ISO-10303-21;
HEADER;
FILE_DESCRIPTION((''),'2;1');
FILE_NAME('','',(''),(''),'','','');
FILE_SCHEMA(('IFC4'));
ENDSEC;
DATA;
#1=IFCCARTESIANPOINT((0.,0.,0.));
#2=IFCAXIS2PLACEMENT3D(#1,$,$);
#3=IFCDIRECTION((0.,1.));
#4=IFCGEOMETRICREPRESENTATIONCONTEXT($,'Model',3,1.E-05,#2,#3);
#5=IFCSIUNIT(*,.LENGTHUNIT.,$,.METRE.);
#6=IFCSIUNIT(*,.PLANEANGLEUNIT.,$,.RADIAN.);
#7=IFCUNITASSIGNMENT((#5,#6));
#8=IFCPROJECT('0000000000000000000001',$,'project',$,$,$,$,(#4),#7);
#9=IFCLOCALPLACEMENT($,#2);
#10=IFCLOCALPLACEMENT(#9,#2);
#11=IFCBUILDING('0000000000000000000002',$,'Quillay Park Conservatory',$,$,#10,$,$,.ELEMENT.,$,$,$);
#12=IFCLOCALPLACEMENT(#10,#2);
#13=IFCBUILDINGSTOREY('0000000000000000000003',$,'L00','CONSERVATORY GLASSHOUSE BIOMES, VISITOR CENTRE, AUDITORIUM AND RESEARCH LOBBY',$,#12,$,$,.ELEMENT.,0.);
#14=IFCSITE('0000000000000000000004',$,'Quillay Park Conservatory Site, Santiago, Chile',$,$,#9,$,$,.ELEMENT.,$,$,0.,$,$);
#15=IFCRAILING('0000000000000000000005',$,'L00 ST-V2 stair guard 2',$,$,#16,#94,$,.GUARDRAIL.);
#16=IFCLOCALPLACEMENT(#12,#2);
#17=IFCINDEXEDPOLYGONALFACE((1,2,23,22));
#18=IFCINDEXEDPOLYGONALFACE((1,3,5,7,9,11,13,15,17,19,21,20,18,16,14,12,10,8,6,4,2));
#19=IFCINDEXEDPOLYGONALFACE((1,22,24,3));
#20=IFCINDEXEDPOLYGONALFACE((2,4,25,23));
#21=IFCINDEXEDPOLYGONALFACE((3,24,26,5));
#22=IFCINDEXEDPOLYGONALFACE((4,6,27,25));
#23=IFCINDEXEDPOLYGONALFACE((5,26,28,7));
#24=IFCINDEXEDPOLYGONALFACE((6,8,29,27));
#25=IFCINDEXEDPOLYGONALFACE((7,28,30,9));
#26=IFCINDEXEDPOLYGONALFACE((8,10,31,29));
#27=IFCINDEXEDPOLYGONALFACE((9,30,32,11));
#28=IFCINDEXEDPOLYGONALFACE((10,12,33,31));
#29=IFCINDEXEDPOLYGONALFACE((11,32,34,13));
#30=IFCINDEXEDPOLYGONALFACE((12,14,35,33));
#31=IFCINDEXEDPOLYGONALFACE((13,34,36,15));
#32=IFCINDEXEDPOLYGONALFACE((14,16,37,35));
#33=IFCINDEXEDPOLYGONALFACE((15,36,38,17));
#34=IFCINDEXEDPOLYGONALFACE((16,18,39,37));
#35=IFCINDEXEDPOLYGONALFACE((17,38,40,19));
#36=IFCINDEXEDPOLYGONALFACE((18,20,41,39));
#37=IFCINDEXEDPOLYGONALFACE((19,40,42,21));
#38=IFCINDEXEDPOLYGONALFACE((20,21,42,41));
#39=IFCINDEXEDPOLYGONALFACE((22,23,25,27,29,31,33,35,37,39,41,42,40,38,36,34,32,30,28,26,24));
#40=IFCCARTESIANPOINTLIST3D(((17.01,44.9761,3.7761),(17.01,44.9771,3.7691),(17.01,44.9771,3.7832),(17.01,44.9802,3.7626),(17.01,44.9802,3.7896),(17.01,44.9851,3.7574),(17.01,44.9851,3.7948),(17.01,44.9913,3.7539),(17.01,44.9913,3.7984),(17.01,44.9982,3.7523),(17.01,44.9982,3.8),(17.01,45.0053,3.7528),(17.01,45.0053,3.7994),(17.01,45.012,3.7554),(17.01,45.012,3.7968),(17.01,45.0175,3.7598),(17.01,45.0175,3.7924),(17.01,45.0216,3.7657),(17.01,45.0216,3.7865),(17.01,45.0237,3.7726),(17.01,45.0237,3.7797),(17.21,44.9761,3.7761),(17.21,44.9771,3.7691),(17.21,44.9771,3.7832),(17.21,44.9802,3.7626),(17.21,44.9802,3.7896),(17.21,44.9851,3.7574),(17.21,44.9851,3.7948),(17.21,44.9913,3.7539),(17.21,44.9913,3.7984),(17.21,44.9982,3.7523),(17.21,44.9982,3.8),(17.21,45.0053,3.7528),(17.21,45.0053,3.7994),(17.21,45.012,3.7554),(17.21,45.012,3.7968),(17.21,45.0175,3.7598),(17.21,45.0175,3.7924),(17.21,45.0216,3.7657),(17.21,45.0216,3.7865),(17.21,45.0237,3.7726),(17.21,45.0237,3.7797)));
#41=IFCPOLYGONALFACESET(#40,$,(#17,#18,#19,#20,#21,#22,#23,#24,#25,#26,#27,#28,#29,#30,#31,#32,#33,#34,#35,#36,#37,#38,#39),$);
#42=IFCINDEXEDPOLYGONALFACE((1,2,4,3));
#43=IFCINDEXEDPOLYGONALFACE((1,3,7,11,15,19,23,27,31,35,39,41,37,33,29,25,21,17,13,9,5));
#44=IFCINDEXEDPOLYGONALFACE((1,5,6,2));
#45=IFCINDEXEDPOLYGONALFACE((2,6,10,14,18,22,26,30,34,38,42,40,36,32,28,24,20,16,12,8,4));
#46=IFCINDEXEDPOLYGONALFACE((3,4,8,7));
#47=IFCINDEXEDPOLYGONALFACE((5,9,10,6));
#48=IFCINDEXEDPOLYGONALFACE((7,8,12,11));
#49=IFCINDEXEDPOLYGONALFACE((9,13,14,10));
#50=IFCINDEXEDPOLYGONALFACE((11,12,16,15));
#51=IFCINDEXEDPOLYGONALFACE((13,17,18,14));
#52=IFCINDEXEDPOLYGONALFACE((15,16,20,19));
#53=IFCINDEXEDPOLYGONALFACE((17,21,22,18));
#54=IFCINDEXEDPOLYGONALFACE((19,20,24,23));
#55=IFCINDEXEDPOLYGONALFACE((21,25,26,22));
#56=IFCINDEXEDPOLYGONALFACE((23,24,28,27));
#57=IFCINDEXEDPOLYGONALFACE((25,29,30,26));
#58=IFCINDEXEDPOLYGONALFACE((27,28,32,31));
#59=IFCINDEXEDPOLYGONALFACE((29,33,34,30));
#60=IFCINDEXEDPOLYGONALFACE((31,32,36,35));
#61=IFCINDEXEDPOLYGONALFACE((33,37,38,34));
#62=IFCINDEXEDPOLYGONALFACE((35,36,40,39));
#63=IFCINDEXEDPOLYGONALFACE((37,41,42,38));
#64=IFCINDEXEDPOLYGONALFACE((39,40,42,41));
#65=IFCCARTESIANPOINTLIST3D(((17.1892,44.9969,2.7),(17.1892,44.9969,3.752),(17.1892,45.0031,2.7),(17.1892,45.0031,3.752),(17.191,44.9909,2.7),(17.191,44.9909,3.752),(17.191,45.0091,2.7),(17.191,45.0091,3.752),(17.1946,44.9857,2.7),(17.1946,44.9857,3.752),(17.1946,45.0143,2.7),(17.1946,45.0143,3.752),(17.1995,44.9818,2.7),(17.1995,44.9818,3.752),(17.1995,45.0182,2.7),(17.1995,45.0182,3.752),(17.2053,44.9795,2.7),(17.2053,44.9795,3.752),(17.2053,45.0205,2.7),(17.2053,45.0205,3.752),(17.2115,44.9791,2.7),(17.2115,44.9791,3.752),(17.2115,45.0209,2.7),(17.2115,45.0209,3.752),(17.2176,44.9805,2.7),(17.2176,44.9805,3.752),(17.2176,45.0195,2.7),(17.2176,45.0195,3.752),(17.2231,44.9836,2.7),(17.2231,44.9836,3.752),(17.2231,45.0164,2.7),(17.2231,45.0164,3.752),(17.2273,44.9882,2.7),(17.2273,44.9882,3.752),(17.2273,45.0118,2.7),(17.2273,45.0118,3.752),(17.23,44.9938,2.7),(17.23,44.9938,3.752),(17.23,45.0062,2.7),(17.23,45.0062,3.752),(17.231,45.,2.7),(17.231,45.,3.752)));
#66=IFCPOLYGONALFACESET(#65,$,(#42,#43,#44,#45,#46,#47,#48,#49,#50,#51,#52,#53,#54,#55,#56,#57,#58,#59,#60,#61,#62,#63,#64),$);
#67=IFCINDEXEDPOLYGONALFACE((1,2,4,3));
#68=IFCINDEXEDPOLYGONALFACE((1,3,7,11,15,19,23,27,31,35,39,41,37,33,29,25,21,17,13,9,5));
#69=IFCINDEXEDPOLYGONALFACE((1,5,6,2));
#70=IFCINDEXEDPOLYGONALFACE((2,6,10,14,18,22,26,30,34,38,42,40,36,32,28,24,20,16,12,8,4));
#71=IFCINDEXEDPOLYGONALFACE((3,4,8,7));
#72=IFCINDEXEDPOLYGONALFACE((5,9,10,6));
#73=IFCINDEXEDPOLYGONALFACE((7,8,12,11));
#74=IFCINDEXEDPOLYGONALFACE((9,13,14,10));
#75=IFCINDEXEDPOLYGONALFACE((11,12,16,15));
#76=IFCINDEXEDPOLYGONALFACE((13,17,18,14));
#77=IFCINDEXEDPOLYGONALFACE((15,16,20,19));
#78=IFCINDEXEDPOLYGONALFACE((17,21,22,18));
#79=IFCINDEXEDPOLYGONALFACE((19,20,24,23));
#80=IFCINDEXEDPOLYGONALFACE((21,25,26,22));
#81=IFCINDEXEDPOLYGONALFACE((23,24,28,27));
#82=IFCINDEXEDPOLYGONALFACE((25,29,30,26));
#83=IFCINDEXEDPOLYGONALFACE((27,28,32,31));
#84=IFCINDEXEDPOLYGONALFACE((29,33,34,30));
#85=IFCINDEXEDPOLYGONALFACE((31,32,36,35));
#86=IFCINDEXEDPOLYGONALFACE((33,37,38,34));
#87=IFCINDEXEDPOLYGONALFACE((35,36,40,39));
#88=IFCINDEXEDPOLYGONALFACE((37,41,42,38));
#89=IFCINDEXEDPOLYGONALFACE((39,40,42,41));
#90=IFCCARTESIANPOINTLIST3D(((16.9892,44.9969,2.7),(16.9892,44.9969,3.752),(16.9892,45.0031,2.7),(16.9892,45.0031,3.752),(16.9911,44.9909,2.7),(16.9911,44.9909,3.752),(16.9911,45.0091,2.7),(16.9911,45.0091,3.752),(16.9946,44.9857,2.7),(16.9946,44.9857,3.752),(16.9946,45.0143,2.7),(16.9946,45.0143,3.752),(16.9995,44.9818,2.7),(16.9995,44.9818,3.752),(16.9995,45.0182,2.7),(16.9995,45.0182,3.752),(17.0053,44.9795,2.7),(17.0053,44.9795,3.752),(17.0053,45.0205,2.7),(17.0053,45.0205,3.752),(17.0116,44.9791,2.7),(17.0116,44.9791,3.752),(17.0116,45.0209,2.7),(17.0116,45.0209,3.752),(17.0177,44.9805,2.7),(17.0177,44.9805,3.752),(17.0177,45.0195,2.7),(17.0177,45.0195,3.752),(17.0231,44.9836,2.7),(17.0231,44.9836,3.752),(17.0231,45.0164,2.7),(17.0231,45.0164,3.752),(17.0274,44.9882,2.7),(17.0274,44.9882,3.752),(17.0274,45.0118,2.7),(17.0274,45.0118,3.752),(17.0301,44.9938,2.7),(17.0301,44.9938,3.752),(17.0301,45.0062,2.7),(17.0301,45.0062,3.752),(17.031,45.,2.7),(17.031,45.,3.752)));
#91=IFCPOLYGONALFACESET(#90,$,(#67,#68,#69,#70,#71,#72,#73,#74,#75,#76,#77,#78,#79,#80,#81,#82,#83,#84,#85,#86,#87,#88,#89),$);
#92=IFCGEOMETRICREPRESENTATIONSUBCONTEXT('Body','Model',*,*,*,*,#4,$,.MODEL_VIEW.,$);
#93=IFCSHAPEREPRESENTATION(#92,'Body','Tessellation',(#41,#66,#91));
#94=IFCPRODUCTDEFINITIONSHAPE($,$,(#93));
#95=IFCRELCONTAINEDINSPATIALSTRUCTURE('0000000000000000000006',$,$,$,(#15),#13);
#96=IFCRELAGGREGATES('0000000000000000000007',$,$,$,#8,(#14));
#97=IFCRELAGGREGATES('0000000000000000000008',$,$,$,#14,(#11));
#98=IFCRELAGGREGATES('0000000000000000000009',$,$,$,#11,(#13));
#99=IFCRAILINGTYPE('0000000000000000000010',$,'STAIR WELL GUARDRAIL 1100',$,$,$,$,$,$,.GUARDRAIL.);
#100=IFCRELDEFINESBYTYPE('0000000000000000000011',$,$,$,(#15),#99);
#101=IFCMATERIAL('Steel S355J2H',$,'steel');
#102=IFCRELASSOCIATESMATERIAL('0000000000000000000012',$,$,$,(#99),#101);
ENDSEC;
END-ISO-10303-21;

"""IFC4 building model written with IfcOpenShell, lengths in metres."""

from ifc_helpers import new_model, si_unit, direction, frame, origin, origin_2d, place, context, subcontext, project, spatial, circle, extrude, material, type_object, element, save


model = new_model("IFC4")

# Units and contexts
model_context = context("Model", 3, precision=1e-05, world=origin(), true_north=direction((0.0, 1.0)))
body_context = subcontext(model_context, "Body", "Model", "MODEL_VIEW")
ifc_project = project(units=[si_unit("LENGTHUNIT", "METRE"), si_unit("PLANEANGLEUNIT", "RADIAN")], contexts=[model_context])

# Site, building, storey
site_placement = place(None, origin())
site = spatial("IfcSite", under=ifc_project, at=site_placement, Name="Quillay Park Conservatory Site, Santiago, Chile", CompositionType="ELEMENT", RefElevation=0.0)
building_placement = place(site_placement, origin())
building = spatial("IfcBuilding", under=site, at=building_placement, Name="Quillay Park Conservatory", CompositionType="ELEMENT")
storey_placement = place(building_placement, origin())
storey = spatial("IfcBuildingStorey", under=building, at=storey_placement, Name="L00", Description="CONSERVATORY GLASSHOUSE BIOMES, VISITOR CENTRE, AUDITORIUM AND RESEARCH LOBBY", CompositionType="ELEMENT", Elevation=0.0)

# Railing
ifc_material_1 = material(Name="Steel S355J2H", Category="steel")
railing_type_1 = type_object("IfcRailingType", Name="STAIR WELL GUARDRAIL 1100", PredefinedType="GUARDRAIL", material=ifc_material_1)
railing_1_placement = place(storey_placement, frame((17.21, 45.0, 2.7)))
element("IfcRailing", 1, at=railing_1_placement, inside=storey, type_object=railing_type_1, Name="L00 ST-V2 stair guard 2", PredefinedType="GUARDRAIL", context=body_context, shape_type="SweptSolid", body=[
    extrude(circle(Radius=0.0239, at=origin_2d()), frame((0.0, 0.0, 1.0762), z_axis=(-1.0, 0.0, 0.0), x_axis=(0.0, -1.0, 0.0)), (0.0, 0.0, 1.0), 0.2),
    extrude(circle(Radius=0.021, at=origin_2d()), origin(), (0.0, 0.0, 1.0), 1.052),
    extrude(circle(Radius=0.021, at=origin_2d()), frame((-0.2, 0.0, 0.0)), (0.0, 0.0, 1.0), 1.052),
])

save(model, "model.ifc")
